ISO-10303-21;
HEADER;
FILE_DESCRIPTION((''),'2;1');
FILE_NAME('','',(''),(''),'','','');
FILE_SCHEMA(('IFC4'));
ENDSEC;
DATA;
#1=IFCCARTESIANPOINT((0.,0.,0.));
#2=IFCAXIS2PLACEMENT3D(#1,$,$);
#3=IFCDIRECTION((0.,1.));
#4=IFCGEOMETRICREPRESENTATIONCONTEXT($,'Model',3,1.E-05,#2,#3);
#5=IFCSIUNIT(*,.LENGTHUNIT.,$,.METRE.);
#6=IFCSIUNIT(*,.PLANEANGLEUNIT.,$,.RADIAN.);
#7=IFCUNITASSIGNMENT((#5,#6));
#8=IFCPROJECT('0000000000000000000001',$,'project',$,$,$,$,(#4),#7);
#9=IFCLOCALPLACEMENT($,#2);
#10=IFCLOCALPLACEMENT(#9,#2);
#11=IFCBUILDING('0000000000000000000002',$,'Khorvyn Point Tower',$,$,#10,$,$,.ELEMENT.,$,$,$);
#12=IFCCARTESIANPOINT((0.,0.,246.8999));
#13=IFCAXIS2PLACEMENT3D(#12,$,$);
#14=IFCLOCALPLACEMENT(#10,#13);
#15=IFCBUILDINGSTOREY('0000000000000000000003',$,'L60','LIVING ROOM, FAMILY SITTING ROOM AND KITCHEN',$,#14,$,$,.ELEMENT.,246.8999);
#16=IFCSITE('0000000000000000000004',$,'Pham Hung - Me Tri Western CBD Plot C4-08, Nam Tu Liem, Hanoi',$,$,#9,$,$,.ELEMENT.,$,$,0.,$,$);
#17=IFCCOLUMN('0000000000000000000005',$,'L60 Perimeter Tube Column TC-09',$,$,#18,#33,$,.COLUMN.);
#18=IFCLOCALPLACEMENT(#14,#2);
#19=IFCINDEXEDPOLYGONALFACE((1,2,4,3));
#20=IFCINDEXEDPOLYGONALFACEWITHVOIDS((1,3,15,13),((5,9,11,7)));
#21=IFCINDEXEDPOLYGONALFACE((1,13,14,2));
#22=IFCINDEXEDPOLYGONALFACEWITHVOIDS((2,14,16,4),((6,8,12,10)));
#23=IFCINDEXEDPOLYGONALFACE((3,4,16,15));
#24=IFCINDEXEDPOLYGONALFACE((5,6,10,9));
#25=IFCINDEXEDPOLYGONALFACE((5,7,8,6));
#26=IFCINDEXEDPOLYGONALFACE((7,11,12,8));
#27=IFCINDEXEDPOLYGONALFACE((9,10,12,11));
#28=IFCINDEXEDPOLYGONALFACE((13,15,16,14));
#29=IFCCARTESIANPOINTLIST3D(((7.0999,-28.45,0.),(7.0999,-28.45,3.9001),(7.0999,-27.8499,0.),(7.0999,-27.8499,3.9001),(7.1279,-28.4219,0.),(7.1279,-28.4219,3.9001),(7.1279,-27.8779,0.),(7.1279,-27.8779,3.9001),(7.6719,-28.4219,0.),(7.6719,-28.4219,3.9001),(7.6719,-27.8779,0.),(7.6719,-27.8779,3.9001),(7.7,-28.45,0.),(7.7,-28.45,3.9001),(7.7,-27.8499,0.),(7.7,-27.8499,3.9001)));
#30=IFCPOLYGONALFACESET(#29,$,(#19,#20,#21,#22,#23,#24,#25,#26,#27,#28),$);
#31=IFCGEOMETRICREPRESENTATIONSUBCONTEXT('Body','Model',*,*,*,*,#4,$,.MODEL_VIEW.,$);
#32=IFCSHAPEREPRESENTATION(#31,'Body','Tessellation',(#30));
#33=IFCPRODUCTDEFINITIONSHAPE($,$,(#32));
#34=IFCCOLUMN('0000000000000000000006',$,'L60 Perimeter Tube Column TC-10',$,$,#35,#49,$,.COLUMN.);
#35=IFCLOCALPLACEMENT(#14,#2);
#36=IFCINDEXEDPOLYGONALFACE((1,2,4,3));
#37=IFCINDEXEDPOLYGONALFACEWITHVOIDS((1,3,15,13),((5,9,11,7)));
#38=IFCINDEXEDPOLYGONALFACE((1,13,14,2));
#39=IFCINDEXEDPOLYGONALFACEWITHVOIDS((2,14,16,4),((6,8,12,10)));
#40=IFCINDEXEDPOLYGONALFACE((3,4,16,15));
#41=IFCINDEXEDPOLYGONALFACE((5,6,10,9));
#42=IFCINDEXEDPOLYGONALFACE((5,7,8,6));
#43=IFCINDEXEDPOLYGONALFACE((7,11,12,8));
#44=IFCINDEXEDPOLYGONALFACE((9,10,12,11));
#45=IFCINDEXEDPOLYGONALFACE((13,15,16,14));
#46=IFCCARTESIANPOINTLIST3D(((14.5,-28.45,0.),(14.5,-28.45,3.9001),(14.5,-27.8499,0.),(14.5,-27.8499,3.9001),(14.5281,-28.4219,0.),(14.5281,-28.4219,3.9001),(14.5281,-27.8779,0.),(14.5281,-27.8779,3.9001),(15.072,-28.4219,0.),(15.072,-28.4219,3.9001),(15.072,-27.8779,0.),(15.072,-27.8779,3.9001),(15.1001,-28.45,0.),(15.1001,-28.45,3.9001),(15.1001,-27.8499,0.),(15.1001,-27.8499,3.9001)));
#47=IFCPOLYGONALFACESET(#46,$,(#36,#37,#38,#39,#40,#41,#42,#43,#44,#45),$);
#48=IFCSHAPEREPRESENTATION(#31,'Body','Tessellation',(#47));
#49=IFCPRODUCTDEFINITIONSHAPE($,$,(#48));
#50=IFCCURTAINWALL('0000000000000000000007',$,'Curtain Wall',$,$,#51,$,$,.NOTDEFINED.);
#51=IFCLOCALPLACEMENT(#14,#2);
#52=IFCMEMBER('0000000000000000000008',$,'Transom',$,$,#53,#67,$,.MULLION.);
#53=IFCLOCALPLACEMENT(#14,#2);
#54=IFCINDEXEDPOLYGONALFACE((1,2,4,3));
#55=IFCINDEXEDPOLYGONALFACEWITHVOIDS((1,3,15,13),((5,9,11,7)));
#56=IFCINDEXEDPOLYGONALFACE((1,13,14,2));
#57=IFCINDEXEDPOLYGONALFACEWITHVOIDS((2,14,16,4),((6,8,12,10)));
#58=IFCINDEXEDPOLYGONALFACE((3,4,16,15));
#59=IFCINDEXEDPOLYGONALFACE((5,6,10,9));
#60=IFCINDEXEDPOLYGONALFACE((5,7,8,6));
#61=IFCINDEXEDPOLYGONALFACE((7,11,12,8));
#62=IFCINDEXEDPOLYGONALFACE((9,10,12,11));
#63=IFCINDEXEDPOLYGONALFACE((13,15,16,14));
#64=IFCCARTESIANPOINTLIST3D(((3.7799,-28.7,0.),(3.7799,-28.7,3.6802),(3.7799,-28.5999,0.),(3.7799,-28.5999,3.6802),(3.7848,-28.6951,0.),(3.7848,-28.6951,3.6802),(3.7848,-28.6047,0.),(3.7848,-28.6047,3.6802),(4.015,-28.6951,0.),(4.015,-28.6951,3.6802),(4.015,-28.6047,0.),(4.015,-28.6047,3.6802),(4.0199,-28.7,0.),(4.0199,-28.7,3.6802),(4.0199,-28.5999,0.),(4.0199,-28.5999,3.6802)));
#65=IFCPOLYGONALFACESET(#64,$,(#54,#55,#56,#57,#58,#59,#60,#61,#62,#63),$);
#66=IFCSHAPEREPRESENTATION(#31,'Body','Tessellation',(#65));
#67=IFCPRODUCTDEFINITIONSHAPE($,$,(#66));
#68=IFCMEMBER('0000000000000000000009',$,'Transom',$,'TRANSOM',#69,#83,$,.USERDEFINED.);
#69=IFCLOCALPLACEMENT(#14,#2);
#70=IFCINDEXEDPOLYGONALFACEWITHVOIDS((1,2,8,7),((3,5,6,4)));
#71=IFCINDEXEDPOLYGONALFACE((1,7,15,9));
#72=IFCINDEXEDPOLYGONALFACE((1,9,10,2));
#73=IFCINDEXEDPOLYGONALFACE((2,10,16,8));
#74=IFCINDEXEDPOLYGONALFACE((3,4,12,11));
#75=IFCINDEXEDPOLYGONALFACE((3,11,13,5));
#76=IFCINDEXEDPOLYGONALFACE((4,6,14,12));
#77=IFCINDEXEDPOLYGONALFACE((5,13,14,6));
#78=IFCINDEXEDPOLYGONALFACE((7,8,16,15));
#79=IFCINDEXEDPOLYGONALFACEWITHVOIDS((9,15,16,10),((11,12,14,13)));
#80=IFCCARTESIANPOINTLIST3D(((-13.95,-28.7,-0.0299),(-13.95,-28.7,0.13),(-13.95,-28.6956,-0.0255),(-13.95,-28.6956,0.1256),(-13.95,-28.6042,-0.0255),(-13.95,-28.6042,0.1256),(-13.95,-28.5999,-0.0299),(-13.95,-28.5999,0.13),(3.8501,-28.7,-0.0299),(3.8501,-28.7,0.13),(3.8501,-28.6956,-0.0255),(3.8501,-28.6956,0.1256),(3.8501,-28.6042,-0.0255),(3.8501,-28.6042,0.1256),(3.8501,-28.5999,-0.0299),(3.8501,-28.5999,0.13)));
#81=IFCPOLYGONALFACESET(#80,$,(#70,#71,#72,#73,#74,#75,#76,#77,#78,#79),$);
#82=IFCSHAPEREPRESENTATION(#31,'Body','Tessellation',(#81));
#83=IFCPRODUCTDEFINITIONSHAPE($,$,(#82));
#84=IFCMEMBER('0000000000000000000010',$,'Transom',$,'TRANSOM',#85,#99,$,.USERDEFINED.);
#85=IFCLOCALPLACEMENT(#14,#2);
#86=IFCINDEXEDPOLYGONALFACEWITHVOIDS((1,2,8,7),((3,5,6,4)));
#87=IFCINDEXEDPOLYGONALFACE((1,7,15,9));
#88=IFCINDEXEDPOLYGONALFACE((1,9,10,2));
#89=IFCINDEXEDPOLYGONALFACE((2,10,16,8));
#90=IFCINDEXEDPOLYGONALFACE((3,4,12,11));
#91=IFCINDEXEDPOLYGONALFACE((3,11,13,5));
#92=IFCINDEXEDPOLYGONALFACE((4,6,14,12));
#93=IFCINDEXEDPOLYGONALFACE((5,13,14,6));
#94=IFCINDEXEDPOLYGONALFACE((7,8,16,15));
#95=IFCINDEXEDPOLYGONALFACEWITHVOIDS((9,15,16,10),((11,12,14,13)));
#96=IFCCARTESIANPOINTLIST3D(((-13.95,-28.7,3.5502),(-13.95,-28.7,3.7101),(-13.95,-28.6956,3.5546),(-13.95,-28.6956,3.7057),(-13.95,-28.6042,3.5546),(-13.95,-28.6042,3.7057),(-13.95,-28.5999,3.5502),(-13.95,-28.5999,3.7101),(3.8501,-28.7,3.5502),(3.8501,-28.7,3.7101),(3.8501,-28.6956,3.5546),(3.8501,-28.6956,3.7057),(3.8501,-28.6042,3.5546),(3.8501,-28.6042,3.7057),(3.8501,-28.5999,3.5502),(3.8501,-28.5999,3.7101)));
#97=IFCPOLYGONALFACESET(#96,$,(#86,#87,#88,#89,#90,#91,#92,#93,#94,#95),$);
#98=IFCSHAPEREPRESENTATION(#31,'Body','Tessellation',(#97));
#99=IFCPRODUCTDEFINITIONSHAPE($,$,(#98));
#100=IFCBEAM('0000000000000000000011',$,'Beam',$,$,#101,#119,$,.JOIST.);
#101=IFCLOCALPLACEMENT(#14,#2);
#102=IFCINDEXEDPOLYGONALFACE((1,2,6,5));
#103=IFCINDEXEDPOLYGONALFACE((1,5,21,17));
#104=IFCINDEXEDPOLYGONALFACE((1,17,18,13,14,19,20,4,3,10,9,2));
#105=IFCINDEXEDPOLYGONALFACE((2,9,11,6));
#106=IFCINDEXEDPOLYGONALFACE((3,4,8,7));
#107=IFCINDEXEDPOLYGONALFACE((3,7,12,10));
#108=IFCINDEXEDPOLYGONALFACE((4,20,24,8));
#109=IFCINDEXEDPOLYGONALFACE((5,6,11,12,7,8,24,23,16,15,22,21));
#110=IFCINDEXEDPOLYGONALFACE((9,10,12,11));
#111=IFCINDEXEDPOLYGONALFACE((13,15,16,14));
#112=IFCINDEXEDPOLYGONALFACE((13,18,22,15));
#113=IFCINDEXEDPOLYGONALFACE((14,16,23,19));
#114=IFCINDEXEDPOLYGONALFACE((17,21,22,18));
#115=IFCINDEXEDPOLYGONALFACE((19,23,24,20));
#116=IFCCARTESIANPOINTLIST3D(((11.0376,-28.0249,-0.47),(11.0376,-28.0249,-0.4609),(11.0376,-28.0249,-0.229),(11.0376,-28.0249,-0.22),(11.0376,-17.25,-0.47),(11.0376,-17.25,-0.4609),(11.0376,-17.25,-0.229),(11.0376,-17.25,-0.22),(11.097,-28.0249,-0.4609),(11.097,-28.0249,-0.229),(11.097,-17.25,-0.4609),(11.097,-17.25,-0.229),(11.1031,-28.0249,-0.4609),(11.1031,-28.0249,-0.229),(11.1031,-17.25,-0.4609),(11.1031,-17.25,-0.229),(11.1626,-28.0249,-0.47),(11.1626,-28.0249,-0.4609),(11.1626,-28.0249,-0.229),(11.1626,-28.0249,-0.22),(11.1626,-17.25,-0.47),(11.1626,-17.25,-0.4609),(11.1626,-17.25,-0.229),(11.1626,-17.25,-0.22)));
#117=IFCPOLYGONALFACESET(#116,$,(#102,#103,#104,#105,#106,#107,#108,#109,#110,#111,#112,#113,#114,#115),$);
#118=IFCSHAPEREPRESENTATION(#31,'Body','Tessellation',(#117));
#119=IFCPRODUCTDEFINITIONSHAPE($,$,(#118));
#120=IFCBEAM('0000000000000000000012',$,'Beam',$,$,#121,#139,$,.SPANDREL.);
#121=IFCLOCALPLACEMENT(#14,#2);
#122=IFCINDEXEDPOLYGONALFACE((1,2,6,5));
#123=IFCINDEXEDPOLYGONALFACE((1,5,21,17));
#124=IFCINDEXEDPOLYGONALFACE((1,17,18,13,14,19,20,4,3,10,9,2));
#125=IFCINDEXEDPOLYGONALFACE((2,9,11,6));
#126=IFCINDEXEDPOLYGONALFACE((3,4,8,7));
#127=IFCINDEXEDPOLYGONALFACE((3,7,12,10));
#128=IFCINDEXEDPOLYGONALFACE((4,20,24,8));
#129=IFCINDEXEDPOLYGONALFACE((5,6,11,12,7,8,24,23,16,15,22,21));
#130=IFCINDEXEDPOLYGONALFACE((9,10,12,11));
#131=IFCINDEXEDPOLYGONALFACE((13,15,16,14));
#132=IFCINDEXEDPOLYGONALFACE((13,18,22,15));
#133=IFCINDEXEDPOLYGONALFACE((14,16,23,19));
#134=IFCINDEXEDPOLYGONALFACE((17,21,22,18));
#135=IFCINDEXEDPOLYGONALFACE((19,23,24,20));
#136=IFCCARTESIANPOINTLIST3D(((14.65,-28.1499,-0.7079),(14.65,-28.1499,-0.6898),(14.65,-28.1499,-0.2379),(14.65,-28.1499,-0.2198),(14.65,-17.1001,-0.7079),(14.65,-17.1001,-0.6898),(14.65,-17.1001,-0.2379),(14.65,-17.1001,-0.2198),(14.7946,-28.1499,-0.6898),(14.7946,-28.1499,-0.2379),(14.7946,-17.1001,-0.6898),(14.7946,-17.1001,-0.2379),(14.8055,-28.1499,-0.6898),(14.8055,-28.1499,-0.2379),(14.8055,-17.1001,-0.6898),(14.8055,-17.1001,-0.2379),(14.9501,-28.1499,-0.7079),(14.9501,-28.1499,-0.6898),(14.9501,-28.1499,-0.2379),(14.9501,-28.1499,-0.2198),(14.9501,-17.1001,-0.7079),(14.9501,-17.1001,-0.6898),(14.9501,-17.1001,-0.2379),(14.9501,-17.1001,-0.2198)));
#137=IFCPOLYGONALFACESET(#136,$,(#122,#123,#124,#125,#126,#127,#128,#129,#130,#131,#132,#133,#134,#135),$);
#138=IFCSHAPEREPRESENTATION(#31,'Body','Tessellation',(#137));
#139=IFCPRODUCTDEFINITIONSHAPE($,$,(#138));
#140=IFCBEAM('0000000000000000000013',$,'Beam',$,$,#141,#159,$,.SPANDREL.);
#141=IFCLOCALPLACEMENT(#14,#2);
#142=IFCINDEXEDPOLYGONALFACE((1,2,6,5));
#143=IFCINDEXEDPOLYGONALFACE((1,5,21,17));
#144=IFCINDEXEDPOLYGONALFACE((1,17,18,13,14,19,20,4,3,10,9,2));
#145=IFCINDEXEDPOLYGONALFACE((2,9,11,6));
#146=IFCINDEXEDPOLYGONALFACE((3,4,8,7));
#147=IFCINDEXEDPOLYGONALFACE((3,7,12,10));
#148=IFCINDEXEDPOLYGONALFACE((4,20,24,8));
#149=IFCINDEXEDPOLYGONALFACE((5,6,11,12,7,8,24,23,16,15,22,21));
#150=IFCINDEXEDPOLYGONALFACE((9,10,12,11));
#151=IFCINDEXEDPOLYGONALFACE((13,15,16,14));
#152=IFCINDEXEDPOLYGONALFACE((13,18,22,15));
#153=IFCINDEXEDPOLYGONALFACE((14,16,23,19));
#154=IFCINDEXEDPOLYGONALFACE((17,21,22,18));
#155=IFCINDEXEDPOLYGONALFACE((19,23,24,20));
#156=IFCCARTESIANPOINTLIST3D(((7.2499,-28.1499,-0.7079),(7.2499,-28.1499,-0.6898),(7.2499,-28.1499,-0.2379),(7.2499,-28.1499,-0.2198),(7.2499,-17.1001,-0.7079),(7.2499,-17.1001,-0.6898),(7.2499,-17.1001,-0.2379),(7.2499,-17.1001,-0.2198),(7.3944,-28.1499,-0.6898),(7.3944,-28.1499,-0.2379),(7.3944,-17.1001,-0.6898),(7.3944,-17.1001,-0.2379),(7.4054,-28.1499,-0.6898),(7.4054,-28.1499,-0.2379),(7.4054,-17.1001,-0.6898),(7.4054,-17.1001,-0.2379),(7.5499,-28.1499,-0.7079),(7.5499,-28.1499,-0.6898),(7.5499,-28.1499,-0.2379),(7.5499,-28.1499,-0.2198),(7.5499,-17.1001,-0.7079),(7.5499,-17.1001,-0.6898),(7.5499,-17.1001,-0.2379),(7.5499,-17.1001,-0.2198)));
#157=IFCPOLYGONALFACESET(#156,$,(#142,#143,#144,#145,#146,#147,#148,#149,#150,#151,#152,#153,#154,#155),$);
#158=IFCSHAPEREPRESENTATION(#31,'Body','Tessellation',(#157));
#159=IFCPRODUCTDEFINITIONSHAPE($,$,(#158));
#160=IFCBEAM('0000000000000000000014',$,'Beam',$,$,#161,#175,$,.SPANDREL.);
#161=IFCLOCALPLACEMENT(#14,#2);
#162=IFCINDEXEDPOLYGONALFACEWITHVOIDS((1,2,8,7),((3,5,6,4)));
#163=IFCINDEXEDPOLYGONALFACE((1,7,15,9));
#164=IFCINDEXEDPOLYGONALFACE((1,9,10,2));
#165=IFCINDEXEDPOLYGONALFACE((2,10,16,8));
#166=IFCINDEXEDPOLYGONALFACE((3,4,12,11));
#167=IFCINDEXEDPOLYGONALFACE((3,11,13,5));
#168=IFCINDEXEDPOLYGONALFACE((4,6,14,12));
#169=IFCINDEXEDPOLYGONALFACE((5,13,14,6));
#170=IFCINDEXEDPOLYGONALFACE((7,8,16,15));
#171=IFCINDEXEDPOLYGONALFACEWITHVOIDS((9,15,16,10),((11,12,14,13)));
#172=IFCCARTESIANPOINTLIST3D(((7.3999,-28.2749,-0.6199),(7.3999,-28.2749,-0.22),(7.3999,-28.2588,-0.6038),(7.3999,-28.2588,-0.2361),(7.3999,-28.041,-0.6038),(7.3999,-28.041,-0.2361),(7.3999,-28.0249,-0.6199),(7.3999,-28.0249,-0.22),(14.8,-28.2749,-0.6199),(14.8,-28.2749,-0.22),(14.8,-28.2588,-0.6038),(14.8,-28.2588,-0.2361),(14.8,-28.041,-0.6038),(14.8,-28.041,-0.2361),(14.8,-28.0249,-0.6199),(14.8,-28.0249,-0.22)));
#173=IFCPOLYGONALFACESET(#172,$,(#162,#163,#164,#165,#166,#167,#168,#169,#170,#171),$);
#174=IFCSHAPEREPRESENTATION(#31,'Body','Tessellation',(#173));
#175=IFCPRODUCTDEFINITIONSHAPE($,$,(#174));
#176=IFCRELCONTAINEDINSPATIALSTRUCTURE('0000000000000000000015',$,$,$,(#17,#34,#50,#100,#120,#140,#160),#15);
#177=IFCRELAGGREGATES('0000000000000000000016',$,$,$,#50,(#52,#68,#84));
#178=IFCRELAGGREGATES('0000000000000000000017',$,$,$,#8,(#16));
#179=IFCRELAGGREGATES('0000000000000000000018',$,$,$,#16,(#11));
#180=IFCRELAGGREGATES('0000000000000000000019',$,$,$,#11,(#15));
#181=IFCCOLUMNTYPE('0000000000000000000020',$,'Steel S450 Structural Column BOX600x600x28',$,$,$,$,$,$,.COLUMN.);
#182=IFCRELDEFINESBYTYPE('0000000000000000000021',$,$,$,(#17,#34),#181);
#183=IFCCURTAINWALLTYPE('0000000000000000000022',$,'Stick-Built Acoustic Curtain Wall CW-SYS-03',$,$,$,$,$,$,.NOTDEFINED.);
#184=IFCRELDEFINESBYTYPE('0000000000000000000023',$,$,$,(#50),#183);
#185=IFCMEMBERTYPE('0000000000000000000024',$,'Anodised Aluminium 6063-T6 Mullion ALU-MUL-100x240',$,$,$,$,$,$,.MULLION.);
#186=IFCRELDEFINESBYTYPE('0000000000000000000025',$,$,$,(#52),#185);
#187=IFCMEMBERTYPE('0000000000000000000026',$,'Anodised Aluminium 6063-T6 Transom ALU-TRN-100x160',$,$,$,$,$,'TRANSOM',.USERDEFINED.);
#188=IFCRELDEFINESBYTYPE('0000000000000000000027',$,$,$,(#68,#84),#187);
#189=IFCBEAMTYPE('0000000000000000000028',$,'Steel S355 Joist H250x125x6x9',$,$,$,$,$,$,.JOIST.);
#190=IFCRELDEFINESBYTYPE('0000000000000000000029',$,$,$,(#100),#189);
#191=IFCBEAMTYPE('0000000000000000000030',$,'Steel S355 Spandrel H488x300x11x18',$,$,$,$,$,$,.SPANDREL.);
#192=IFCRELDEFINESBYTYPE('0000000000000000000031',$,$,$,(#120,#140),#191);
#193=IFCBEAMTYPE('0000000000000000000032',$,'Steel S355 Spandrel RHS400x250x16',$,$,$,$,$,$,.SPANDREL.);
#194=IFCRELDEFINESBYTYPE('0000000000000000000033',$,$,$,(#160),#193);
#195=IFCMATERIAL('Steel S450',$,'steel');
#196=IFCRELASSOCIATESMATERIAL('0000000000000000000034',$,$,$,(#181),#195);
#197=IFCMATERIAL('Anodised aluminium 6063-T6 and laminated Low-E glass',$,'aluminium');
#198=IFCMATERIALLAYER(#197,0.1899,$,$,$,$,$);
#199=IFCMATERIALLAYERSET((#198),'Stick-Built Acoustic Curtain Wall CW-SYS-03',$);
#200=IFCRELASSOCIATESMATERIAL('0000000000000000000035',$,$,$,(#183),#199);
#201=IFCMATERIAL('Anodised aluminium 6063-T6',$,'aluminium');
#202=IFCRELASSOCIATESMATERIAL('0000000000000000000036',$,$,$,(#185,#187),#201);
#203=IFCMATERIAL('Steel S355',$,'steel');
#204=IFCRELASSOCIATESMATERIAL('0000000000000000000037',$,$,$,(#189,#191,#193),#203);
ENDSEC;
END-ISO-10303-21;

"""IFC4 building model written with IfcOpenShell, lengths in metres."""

from ifc_helpers import new_model, si_unit, direction, frame, origin, origin_2d, place, context, subcontext, project, spatial, hollow_rectangle, i_section, extrude, material, layer, layer_set, material_profile, profile_set, type_object, element, aggregate, save


model = new_model("IFC4")

# Units and contexts
model_context = context("Model", 3, precision=1e-05, world=origin(), true_north=direction((0.0, 1.0)))
body_context = subcontext(model_context, "Body", "Model", "MODEL_VIEW")
ifc_project = project(units=[si_unit("LENGTHUNIT", "METRE"), si_unit("PLANEANGLEUNIT", "RADIAN")], contexts=[model_context])

# Site, building, storey
site_placement = place(None, origin())
site = spatial("IfcSite", under=ifc_project, at=site_placement, Name="Pham Hung - Me Tri Western CBD Plot C4-08, Nam Tu Liem, Hanoi", CompositionType="ELEMENT", RefElevation=0.0)
building_placement = place(site_placement, origin())
building = spatial("IfcBuilding", under=site, at=building_placement, Name="Khorvyn Point Tower", CompositionType="ELEMENT")
storey_placement = place(building_placement, frame((0.0, 0.0, 246.8999)))
storey = spatial("IfcBuildingStorey", under=building, at=storey_placement, Name="L60", Description="LIVING ROOM, FAMILY SITTING ROOM AND KITCHEN", CompositionType="ELEMENT", Elevation=246.8999)

# Columns
ifc_material_1 = material(Name="Steel S450", Category="steel")
ifc_material_profile_1 = material_profile(ifc_material_1, hollow_rectangle(XDim=0.6001, YDim=0.6001, WallThickness=0.0281, at=origin_2d()))
ifc_profile_set_1 = profile_set([ifc_material_profile_1], Name="Steel S450 BOX600x600x28")
column_type = type_object("IfcColumnType", Name="Steel S450 Structural Column BOX600x600x28", PredefinedType="COLUMN", material=ifc_profile_set_1)
for number, where, z_axis, x_axis, name in (
    (1, (7.3999, -28.1499, 0.0), (0.0, 0.0, 1.0), (1.0, 0.0, 0.0), "L60 Perimeter Tube Column TC-09"),
    (2, (14.8, -28.1499, 0.0), (0.0, 0.0, 1.0), (1.0, 0.0, 0.0), "L60 Perimeter Tube Column TC-10"),
):
    element("IfcColumn", number, at=place(storey_placement, frame(where, z_axis=z_axis, x_axis=x_axis)), inside=storey, type_object=column_type, Name=name, PredefinedType="COLUMN", context=body_context, shape_type="SweptSolid", body=[
        extrude(hollow_rectangle(XDim=0.6001, YDim=0.6001, WallThickness=0.0281, at=origin_2d()), origin(), (0.0, 0.0, 1.0), 3.9001),
    ])

# Curtain wall, members
ifc_material_2 = material(Name="Anodised aluminium 6063-T6 and laminated Low-E glass", Category="aluminium")
ifc_layer_1 = layer(ifc_material_2, 0.1899)
ifc_layer_set_1 = layer_set([ifc_layer_1], Name="Stick-Built Acoustic Curtain Wall CW-SYS-03")
curtain_wall_type = type_object("IfcCurtainWallType", Name="Stick-Built Acoustic Curtain Wall CW-SYS-03", PredefinedType="NOTDEFINED", material=ifc_layer_set_1)
curtain_wall_placement = place(storey_placement, origin())
curtain_wall = element("IfcCurtainWall", 3, at=curtain_wall_placement, inside=storey, type_object=curtain_wall_type, Name="Curtain Wall", PredefinedType="NOTDEFINED")
ifc_material_3 = material(Name="Anodised aluminium 6063-T6", Category="aluminium")
ifc_material_profile_2 = material_profile(ifc_material_3, hollow_rectangle(XDim=0.1001, YDim=0.24, WallThickness=0.0049, at=origin_2d()))
ifc_profile_set_2 = profile_set([ifc_material_profile_2], Name="Anodised aluminium 6063-T6 ALU-MUL-100x240")
member_type_1 = type_object("IfcMemberType", Name="Anodised Aluminium 6063-T6 Mullion ALU-MUL-100x240", PredefinedType="MULLION", material=ifc_profile_set_2)
member_1_placement = place(storey_placement, frame((3.8999, -28.6499, 0.0), z_axis=(0.0, 0.0, 1.0), x_axis=(0.0, -1.0, 0.0)))
member_1 = element("IfcMember", 4, at=member_1_placement, type_object=member_type_1, Name="Transom", PredefinedType="MULLION", context=body_context, shape_type="SweptSolid", body=[
    extrude(hollow_rectangle(XDim=0.1001, YDim=0.24, WallThickness=0.0049, at=origin_2d()), origin(), (0.0, 0.0, 1.0), 3.6802),
])
ifc_material_profile_3 = material_profile(ifc_material_3, hollow_rectangle(XDim=0.1001, YDim=0.1599, WallThickness=0.0044, at=origin_2d()))
ifc_profile_set_3 = profile_set([ifc_material_profile_3], Name="Anodised aluminium 6063-T6 ALU-TRN-100x160")
member_type_2 = type_object("IfcMemberType", Name="Anodised Aluminium 6063-T6 Transom ALU-TRN-100x160", ElementType="TRANSOM", PredefinedType="USERDEFINED", material=ifc_profile_set_3)
member_2_placement = place(storey_placement, frame((3.8501, -28.6499, 0.05), z_axis=(-1.0, 0.0, 0.0), x_axis=(0.0, -1.0, 0.0)))
member_2 = element("IfcMember", 5, at=member_2_placement, type_object=member_type_2, Name="Transom", ObjectType="TRANSOM", PredefinedType="USERDEFINED", context=body_context, shape_type="SweptSolid", body=[
    extrude(hollow_rectangle(XDim=0.1001, YDim=0.1599, WallThickness=0.0044, at=origin_2d()), origin(), (0.0, 0.0, 1.0), 17.8),
])
member_3_placement = place(storey_placement, frame((3.8501, -28.6499, 3.6301), z_axis=(-1.0, 0.0, 0.0), x_axis=(0.0, -1.0, 0.0)))
member_3 = element("IfcMember", 6, at=member_3_placement, type_object=member_type_2, Name="Transom", ObjectType="TRANSOM", PredefinedType="USERDEFINED", context=body_context, shape_type="SweptSolid", body=[
    extrude(hollow_rectangle(XDim=0.1001, YDim=0.1599, WallThickness=0.0044, at=origin_2d()), origin(), (0.0, 0.0, 1.0), 17.8),
])

# Beams
ifc_material_4 = material(Name="Steel S355", Category="steel")
ifc_material_profile_4 = material_profile(ifc_material_4, i_section(OverallWidth=0.125, OverallDepth=0.25, WebThickness=0.0061, FlangeThickness=0.009, at=origin_2d()))
ifc_profile_set_4 = profile_set([ifc_material_profile_4], Name="Steel S355 H250x125x6x9")
beam_type_1 = type_object("IfcBeamType", Name="Steel S355 Joist H250x125x6x9", PredefinedType="JOIST", material=ifc_profile_set_4)
beam_1_placement = place(storey_placement, frame((11.1001, -28.0249, -0.345), z_axis=(0.0, 1.0, 0.0), x_axis=(-1.0, 0.0, 0.0)))
element("IfcBeam", 7, at=beam_1_placement, inside=storey, type_object=beam_type_1, Name="Beam", PredefinedType="JOIST", context=body_context, shape_type="SweptSolid", body=[
    extrude(i_section(OverallWidth=0.125, OverallDepth=0.25, WebThickness=0.0061, FlangeThickness=0.009, at=origin_2d()), origin(), (0.0, 0.0, 1.0), 10.7749),
])
ifc_material_profile_5 = material_profile(ifc_material_4, i_section(OverallWidth=0.3, OverallDepth=0.488, WebThickness=0.011, FlangeThickness=0.0181, at=origin_2d()))
ifc_profile_set_5 = profile_set([ifc_material_profile_5], Name="Steel S355 H488x300x11x18")
beam_type_2 = type_object("IfcBeamType", Name="Steel S355 Spandrel H488x300x11x18", PredefinedType="SPANDREL", material=ifc_profile_set_5)
for number, where, z_axis, x_axis, name in (
    (8, (14.8, -28.1499, -0.4639), (0.0, 1.0, 0.0), (-1.0, 0.0, 0.0), "Beam"),
    (9, (7.3999, -28.1499, -0.4639), (0.0, 1.0, 0.0), (-1.0, 0.0, 0.0), "Beam"),
):
    element("IfcBeam", number, at=place(storey_placement, frame(where, z_axis=z_axis, x_axis=x_axis)), inside=storey, type_object=beam_type_2, Name=name, PredefinedType="SPANDREL", context=body_context, shape_type="SweptSolid", body=[
        extrude(i_section(OverallWidth=0.3, OverallDepth=0.488, WebThickness=0.011, FlangeThickness=0.0181, at=origin_2d()), origin(), (0.0, 0.0, 1.0), 11.0498),
    ])
ifc_material_profile_6 = material_profile(ifc_material_4, hollow_rectangle(XDim=0.25, YDim=0.3999, WallThickness=0.0161, at=origin_2d()))
ifc_profile_set_6 = profile_set([ifc_material_profile_6], Name="Steel S355 RHS400x250x16")
beam_type_3 = type_object("IfcBeamType", Name="Steel S355 Spandrel RHS400x250x16", PredefinedType="SPANDREL", material=ifc_profile_set_6)
beam_2_placement = place(storey_placement, frame((7.3999, -28.1499, -0.4199), z_axis=(1.0, 0.0, 0.0), x_axis=(0.0, 1.0, 0.0)))
element("IfcBeam", 10, at=beam_2_placement, inside=storey, type_object=beam_type_3, Name="Beam", PredefinedType="SPANDREL", context=body_context, shape_type="SweptSolid", body=[
    extrude(hollow_rectangle(XDim=0.25, YDim=0.3999, WallThickness=0.0161, at=origin_2d()), origin(), (0.0, 0.0, 1.0), 7.4001),
])

aggregate(curtain_wall, [member_1, member_2, member_3])

save(model, "model.ifc")
